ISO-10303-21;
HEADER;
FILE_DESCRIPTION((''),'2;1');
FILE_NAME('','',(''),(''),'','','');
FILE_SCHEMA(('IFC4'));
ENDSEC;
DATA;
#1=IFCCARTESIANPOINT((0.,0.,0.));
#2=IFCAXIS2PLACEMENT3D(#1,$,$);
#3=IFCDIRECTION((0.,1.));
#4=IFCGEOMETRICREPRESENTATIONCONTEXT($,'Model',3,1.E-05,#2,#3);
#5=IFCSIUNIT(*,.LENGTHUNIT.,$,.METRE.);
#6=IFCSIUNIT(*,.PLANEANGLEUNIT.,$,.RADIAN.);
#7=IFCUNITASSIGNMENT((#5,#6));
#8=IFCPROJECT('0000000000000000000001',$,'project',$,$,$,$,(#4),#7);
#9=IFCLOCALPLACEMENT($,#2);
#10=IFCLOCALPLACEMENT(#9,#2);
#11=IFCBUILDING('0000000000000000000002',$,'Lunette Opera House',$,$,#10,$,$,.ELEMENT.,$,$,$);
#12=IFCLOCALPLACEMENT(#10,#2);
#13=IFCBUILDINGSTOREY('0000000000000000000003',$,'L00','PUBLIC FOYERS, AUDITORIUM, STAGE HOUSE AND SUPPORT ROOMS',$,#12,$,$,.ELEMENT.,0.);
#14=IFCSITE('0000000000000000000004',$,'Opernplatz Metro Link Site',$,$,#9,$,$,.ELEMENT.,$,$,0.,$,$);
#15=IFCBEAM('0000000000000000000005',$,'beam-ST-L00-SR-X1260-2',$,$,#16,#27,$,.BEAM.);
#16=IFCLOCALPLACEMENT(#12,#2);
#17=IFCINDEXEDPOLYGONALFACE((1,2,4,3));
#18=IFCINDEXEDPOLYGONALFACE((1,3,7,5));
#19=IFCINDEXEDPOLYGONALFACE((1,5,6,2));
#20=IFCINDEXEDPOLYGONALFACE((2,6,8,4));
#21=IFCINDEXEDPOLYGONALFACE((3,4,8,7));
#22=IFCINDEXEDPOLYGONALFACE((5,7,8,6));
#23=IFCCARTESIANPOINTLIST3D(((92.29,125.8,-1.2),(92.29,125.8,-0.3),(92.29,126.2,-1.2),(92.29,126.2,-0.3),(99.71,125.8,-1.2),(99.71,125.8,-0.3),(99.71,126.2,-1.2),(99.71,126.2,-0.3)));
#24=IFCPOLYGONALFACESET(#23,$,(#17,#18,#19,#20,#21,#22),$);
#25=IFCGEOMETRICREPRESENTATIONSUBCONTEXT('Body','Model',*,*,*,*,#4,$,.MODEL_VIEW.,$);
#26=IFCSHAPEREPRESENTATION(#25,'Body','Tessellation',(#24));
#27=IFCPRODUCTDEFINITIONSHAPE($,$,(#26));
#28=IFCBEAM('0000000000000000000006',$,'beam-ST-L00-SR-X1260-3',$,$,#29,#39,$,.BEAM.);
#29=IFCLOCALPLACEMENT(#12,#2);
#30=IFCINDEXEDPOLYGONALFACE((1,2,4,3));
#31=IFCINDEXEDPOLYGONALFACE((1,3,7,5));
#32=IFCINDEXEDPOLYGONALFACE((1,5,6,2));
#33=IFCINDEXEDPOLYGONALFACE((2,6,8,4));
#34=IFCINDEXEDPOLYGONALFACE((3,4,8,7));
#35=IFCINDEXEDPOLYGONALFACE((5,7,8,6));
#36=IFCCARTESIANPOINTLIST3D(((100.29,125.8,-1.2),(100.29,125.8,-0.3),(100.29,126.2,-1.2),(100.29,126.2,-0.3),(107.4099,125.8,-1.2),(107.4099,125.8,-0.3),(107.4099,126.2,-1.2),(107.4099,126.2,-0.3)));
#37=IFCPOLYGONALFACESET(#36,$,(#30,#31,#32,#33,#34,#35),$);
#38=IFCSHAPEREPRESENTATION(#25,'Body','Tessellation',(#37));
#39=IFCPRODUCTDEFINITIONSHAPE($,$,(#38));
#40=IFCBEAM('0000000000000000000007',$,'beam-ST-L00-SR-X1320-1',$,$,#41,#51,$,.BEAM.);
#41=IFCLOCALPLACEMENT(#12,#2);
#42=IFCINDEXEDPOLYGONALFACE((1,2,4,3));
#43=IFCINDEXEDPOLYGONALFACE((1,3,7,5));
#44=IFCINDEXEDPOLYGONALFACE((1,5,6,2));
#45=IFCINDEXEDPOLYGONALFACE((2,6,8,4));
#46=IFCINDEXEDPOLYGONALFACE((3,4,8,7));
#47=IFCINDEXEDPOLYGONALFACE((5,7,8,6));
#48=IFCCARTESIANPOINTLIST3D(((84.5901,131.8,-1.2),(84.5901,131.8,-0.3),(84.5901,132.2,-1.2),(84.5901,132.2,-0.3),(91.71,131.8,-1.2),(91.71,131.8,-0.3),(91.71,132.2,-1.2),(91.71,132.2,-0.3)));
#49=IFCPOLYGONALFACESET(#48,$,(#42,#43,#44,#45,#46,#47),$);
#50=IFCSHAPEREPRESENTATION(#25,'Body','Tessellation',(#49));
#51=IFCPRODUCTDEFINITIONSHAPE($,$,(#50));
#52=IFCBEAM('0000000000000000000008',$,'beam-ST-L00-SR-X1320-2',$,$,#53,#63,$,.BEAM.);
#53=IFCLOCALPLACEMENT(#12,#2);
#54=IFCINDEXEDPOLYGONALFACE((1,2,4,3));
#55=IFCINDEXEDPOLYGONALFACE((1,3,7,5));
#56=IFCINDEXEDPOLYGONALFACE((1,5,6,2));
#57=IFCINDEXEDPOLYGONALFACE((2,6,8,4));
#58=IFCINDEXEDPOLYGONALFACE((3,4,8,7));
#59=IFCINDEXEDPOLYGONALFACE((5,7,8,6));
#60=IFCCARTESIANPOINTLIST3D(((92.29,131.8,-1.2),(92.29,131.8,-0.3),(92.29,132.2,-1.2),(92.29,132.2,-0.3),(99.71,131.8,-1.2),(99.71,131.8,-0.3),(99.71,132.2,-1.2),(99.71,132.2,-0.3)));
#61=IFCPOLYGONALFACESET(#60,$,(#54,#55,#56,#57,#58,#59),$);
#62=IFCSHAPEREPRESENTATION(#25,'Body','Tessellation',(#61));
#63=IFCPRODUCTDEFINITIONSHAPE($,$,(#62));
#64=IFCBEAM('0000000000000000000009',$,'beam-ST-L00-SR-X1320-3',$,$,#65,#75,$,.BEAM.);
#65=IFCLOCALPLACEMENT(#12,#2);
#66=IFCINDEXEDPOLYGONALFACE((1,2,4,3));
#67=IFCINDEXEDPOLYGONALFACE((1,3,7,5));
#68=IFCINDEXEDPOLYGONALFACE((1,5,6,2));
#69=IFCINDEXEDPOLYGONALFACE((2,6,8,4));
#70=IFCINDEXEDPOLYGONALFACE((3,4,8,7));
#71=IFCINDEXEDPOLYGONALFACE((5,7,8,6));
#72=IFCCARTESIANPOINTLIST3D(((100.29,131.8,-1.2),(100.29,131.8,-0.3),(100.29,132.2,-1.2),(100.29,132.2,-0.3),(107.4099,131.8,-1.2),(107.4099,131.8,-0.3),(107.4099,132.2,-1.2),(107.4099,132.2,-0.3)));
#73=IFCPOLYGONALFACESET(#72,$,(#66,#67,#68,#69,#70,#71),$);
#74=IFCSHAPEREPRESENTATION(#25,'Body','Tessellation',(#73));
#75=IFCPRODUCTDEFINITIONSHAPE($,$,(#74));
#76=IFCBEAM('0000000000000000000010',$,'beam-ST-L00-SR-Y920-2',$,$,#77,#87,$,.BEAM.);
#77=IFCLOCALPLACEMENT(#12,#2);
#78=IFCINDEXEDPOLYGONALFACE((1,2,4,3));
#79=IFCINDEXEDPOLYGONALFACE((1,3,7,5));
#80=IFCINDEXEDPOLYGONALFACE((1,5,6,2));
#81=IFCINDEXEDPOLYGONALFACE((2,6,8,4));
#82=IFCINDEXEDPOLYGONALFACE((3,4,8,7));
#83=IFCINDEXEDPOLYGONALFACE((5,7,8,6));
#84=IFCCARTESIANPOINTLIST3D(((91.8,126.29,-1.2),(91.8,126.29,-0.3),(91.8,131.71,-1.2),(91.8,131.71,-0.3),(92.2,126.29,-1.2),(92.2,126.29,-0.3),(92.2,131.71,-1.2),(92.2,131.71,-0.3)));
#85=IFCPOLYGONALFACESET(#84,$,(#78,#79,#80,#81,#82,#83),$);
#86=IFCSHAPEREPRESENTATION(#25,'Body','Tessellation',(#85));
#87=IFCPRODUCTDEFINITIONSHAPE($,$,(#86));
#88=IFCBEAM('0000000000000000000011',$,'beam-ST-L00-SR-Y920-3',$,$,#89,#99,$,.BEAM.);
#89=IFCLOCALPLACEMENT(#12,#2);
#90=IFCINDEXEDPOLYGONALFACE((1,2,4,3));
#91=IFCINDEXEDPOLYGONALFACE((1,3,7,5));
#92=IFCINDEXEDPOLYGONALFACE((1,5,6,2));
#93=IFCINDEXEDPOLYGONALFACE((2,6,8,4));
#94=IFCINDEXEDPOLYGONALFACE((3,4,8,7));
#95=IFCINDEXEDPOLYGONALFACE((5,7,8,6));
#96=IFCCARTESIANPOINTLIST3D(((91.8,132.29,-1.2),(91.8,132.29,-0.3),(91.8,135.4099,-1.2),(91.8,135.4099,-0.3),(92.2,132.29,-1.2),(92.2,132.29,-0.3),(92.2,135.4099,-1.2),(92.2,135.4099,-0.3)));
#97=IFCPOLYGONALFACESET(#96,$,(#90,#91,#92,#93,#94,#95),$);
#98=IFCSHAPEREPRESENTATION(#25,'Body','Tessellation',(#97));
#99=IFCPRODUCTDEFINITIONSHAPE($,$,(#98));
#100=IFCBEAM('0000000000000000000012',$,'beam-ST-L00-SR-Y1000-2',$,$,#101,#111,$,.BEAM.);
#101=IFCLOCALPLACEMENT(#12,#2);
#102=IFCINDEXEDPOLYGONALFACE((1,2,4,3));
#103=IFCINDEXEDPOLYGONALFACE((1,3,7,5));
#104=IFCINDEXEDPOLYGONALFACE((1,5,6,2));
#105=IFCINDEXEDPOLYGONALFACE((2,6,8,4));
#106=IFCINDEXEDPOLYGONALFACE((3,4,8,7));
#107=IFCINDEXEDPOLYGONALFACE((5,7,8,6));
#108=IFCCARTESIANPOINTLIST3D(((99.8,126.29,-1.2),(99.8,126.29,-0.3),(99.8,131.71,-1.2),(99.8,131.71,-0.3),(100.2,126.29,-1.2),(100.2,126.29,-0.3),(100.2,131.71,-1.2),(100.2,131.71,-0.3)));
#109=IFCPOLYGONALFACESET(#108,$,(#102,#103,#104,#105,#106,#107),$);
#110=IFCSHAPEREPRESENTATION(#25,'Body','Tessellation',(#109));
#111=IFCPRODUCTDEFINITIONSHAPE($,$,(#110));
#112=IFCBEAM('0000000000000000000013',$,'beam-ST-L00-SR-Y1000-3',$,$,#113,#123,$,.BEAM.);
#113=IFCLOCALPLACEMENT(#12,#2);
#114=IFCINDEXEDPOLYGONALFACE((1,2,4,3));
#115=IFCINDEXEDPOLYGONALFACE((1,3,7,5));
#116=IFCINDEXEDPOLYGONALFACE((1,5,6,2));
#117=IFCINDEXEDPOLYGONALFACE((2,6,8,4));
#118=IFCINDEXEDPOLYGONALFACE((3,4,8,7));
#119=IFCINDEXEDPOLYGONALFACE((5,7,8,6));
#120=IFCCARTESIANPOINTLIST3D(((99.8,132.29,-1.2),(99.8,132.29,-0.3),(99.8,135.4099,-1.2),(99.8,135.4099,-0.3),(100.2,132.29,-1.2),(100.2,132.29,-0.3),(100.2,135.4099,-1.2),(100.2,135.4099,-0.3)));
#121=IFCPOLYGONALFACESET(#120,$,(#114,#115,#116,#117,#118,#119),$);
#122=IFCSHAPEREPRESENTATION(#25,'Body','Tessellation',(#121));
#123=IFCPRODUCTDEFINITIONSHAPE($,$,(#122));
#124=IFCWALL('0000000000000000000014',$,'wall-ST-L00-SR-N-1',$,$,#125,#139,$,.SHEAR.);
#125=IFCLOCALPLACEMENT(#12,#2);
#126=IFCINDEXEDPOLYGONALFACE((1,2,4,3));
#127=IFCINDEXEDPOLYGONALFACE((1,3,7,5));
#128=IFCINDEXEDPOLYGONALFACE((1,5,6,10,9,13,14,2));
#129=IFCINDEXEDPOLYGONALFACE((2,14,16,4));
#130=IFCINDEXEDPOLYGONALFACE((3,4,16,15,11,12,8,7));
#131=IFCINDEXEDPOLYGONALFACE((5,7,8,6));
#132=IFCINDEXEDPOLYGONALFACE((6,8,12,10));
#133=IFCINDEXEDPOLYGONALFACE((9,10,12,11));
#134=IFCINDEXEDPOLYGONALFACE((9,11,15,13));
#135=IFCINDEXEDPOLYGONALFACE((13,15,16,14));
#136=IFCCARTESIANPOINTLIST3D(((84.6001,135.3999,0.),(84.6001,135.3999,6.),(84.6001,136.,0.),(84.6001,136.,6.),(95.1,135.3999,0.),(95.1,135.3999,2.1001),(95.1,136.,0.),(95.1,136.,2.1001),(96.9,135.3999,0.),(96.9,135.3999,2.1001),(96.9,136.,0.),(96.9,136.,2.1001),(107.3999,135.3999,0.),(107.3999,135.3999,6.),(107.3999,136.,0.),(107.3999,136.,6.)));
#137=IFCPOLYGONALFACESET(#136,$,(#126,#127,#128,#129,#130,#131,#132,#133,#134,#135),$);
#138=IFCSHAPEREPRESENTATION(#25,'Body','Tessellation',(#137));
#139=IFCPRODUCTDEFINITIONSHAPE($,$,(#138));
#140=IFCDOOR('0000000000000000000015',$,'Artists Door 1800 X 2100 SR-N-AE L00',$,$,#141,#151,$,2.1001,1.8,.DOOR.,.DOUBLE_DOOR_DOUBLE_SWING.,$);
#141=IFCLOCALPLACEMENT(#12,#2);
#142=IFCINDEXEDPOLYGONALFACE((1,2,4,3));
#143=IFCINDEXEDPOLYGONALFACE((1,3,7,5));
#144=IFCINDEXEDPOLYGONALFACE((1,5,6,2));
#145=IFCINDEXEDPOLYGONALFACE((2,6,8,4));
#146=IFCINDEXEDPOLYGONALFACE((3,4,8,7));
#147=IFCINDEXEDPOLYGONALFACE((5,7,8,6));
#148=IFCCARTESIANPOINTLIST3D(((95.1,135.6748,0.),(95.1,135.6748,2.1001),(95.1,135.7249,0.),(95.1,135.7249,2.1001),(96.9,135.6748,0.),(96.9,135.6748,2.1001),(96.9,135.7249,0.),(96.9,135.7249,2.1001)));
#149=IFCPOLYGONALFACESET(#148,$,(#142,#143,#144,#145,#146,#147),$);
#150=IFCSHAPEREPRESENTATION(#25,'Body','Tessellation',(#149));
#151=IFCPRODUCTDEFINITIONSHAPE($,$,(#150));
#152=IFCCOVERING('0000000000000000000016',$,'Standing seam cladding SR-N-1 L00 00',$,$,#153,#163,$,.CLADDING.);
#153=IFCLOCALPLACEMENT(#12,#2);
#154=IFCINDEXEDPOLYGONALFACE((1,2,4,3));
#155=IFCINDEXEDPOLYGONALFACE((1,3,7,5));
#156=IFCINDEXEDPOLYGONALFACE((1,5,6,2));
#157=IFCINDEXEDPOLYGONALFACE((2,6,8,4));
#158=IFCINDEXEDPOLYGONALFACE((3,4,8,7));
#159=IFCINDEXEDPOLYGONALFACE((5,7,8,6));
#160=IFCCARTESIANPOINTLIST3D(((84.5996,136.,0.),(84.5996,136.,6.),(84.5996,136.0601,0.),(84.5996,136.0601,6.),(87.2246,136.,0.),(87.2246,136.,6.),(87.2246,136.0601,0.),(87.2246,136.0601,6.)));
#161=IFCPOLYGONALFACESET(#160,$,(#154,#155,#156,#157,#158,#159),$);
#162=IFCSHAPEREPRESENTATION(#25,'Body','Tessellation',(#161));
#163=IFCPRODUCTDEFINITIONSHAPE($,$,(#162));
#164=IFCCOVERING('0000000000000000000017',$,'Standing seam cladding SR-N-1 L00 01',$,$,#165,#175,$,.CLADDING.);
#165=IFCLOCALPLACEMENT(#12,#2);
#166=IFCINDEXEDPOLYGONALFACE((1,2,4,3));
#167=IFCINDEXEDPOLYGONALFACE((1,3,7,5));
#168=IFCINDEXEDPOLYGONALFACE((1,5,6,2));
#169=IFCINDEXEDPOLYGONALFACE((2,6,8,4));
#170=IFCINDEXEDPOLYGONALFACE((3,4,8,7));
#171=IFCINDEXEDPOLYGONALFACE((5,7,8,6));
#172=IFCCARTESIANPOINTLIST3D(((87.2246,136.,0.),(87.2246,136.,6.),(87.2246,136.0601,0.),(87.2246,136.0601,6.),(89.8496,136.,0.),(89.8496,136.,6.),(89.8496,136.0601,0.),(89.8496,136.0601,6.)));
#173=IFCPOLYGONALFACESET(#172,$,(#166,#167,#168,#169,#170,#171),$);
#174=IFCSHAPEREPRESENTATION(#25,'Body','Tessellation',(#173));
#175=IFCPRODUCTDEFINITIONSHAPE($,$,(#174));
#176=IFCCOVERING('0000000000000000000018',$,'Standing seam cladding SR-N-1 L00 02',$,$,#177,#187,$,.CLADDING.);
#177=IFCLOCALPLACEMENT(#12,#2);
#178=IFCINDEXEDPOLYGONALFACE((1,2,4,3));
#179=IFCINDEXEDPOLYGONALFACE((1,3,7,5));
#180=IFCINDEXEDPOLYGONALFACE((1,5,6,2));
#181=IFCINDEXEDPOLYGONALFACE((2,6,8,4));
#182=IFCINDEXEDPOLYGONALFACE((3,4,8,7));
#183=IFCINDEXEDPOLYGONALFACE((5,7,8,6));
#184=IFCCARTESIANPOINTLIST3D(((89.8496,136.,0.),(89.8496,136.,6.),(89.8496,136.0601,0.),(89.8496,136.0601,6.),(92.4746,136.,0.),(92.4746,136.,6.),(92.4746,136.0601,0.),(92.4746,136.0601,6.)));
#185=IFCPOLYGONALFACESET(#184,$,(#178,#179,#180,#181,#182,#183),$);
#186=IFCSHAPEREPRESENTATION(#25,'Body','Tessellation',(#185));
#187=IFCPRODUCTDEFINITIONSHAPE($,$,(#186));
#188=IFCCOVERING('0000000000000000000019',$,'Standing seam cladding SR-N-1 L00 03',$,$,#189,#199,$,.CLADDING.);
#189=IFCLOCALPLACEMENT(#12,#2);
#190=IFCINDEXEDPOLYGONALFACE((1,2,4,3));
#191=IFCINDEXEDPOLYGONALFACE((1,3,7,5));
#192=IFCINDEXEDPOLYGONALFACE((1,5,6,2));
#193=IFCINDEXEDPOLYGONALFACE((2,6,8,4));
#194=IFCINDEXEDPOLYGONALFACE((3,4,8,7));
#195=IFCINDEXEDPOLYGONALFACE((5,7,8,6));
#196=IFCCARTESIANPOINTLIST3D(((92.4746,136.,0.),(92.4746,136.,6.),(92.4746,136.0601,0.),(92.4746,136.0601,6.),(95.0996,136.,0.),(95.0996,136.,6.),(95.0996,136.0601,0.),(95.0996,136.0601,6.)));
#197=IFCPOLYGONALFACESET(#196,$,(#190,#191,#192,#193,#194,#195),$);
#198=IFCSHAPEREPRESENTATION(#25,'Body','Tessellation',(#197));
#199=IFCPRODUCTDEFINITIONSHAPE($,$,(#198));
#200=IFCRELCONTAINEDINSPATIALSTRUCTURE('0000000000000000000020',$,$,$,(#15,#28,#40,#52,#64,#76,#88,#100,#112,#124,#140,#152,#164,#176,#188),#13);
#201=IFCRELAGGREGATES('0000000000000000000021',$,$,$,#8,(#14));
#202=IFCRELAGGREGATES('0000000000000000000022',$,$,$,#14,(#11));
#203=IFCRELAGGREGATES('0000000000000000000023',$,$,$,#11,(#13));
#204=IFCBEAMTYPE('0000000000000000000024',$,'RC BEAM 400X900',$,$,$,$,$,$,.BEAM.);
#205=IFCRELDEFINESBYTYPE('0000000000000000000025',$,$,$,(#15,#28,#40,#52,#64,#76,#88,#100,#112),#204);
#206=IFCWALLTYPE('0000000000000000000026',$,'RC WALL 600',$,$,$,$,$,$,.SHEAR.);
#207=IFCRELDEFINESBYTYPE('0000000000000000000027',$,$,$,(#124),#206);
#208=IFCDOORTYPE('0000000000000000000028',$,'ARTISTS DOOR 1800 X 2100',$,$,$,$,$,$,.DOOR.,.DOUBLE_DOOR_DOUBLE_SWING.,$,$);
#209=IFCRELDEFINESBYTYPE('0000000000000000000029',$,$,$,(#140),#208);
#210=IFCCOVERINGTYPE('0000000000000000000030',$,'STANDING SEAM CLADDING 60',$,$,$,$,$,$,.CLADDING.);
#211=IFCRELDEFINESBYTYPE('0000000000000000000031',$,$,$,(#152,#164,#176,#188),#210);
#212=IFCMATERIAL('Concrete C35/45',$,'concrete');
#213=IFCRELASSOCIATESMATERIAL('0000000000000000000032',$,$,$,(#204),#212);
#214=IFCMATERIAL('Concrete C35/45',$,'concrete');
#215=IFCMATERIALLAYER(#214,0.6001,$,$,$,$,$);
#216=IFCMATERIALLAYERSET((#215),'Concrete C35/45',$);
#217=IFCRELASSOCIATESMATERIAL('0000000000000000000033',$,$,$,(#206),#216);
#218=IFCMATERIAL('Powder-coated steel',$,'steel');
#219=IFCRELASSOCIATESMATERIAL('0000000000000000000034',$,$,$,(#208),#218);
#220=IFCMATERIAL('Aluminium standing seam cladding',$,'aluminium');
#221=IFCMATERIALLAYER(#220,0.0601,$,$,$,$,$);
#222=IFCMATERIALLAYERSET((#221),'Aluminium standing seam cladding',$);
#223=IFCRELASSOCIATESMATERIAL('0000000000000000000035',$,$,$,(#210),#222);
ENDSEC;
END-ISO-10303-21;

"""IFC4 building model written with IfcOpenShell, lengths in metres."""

from ifc_helpers import new_model, si_unit, direction, frame, frame_2d, origin, origin_2d, place, context, subcontext, project, spatial, rectangle, extrude, material, layer, layer_set, material_profile, profile_set, type_object, element, fill, save


model = new_model("IFC4")

# Units and contexts
model_context = context("Model", 3, precision=1e-05, world=origin(), true_north=direction((0.0, 1.0)))
body_context = subcontext(model_context, "Body", "Model", "MODEL_VIEW")
ifc_project = project(units=[si_unit("LENGTHUNIT", "METRE"), si_unit("PLANEANGLEUNIT", "RADIAN")], contexts=[model_context])

# Site, building, storey
site_placement = place(None, origin())
site = spatial("IfcSite", under=ifc_project, at=site_placement, Name="Opernplatz Metro Link Site", CompositionType="ELEMENT", RefElevation=0.0)
building_placement = place(site_placement, origin())
building = spatial("IfcBuilding", under=site, at=building_placement, Name="Lunette Opera House", CompositionType="ELEMENT")
storey_placement = place(building_placement, origin())
storey = spatial("IfcBuildingStorey", under=building, at=storey_placement, Name="L00", Description="PUBLIC FOYERS, AUDITORIUM, STAGE HOUSE AND SUPPORT ROOMS", CompositionType="ELEMENT", Elevation=0.0)

# Beams
ifc_material_1 = material(Name="Concrete C35/45", Category="concrete")
ifc_material_profile = material_profile(ifc_material_1, rectangle(XDim=0.3999, YDim=0.8999, at=origin_2d()), Name="RC BEAM 400X900")
ifc_profile_set = profile_set([ifc_material_profile], Name="Concrete C35/45")
beam_type = type_object("IfcBeamType", Name="RC BEAM 400X900", PredefinedType="BEAM", material=ifc_profile_set)
beam_1_placement = place(storey_placement, frame((92.29, 126.0, -0.75), z_axis=(1.0, 0.0, 0.0), x_axis=(0.0, 1.0, 0.0)))
element("IfcBeam", 1, at=beam_1_placement, inside=storey, type_object=beam_type, Name="beam-ST-L00-SR-X1260-2", PredefinedType="BEAM", context=body_context, shape_type="SweptSolid", body=[
    extrude(rectangle(XDim=0.3999, YDim=0.8999, at=origin_2d()), origin(), (0.0, 0.0, 1.0), 7.4199),
])
for number, where, z_axis, x_axis, name in (
    (2, (100.29, 126.0, -0.75), (1.0, 0.0, 0.0), (0.0, 1.0, 0.0), "beam-ST-L00-SR-X1260-3"),
    (3, (84.5901, 132.0, -0.75), (1.0, 0.0, 0.0), (0.0, 1.0, 0.0), "beam-ST-L00-SR-X1320-1"),
):
    element("IfcBeam", number, at=place(storey_placement, frame(where, z_axis=z_axis, x_axis=x_axis)), inside=storey, type_object=beam_type, Name=name, PredefinedType="BEAM", context=body_context, shape_type="SweptSolid", body=[
        extrude(rectangle(XDim=0.3999, YDim=0.8999, at=origin_2d()), origin(), (0.0, 0.0, 1.0), 7.1199),
    ])
beam_2_placement = place(storey_placement, frame((92.29, 132.0, -0.75), z_axis=(1.0, 0.0, 0.0), x_axis=(0.0, 1.0, 0.0)))
element("IfcBeam", 4, at=beam_2_placement, inside=storey, type_object=beam_type, Name="beam-ST-L00-SR-X1320-2", PredefinedType="BEAM", context=body_context, shape_type="SweptSolid", body=[
    extrude(rectangle(XDim=0.3999, YDim=0.8999, at=origin_2d()), origin(), (0.0, 0.0, 1.0), 7.4199),
])
beam_3_placement = place(storey_placement, frame((100.29, 132.0, -0.75), z_axis=(1.0, 0.0, 0.0), x_axis=(0.0, 1.0, 0.0)))
element("IfcBeam", 5, at=beam_3_placement, inside=storey, type_object=beam_type, Name="beam-ST-L00-SR-X1320-3", PredefinedType="BEAM", context=body_context, shape_type="SweptSolid", body=[
    extrude(rectangle(XDim=0.3999, YDim=0.8999, at=origin_2d()), origin(), (0.0, 0.0, 1.0), 7.1199),
])
beam_4_placement = place(storey_placement, frame((92.0, 126.29, -0.75), z_axis=(0.0, 1.0, 0.0), x_axis=(-1.0, 0.0, 0.0)))
element("IfcBeam", 6, at=beam_4_placement, inside=storey, type_object=beam_type, Name="beam-ST-L00-SR-Y920-2", PredefinedType="BEAM", context=body_context, shape_type="SweptSolid", body=[
    extrude(rectangle(XDim=0.3999, YDim=0.8999, at=origin_2d()), origin(), (0.0, 0.0, 1.0), 5.4199),
])
beam_5_placement = place(storey_placement, frame((92.0, 132.29, -0.75), z_axis=(0.0, 1.0, 0.0), x_axis=(-1.0, 0.0, 0.0)))
element("IfcBeam", 7, at=beam_5_placement, inside=storey, type_object=beam_type, Name="beam-ST-L00-SR-Y920-3", PredefinedType="BEAM", context=body_context, shape_type="SweptSolid", body=[
    extrude(rectangle(XDim=0.3999, YDim=0.8999, at=origin_2d()), origin(), (0.0, 0.0, 1.0), 3.1199),
])
beam_6_placement = place(storey_placement, frame((100.0, 126.29, -0.75), z_axis=(0.0, 1.0, 0.0), x_axis=(-1.0, 0.0, 0.0)))
element("IfcBeam", 8, at=beam_6_placement, inside=storey, type_object=beam_type, Name="beam-ST-L00-SR-Y1000-2", PredefinedType="BEAM", context=body_context, shape_type="SweptSolid", body=[
    extrude(rectangle(XDim=0.3999, YDim=0.8999, at=origin_2d()), origin(), (0.0, 0.0, 1.0), 5.4199),
])
beam_7_placement = place(storey_placement, frame((100.0, 132.29, -0.75), z_axis=(0.0, 1.0, 0.0), x_axis=(-1.0, 0.0, 0.0)))
element("IfcBeam", 9, at=beam_7_placement, inside=storey, type_object=beam_type, Name="beam-ST-L00-SR-Y1000-3", PredefinedType="BEAM", context=body_context, shape_type="SweptSolid", body=[
    extrude(rectangle(XDim=0.3999, YDim=0.8999, at=origin_2d()), origin(), (0.0, 0.0, 1.0), 3.1199),
])

# Wall, opening, door
ifc_material_2 = material(Name="Concrete C35/45", Category="concrete")
ifc_layer_1 = layer(ifc_material_2, 0.6001)
ifc_layer_set_1 = layer_set([ifc_layer_1], Name="Concrete C35/45")
wall_type = type_object("IfcWallType", Name="RC WALL 600", PredefinedType="SHEAR", material=ifc_layer_set_1)
wall_placement = place(storey_placement, frame((84.6001, 135.7, 0.0), z_axis=(0.0, 0.0, 1.0), x_axis=(1.0, 0.0, 0.0)))
wall = element("IfcWall", 10, at=wall_placement, inside=storey, type_object=wall_type, Name="wall-ST-L00-SR-N-1", PredefinedType="SHEAR", context=body_context, shape_type="SweptSolid", body=[
    extrude(rectangle(XDim=22.7998, YDim=0.6001, at=frame_2d((11.3999, 0.0))), origin(), (0.0, 0.0, 1.0), 6.0),
])
opening_placement = place(wall_placement, frame((10.5, 0.0, 0.0)))
opening = element("IfcOpeningElement", 11, at=opening_placement, cuts=wall, PredefinedType="OPENING", context=body_context, shape_type="SweptSolid", body=[
    extrude(rectangle(XDim=1.8, YDim=2.1001, at=frame_2d((0.8999, 1.05))), frame((0.0, 0.312, 0.0), z_axis=(0.0, -1.0, 0.0), x_axis=(1.0, 0.0, 0.0)), (0.0, 0.0, 1.0), 0.624),
])
ifc_material_3 = material(Name="Powder-coated steel", Category="steel")
door_type = type_object("IfcDoorType", Name="ARTISTS DOOR 1800 X 2100", OperationType="DOUBLE_DOOR_DOUBLE_SWING", PredefinedType="DOOR", material=ifc_material_3)
door_placement = place(opening_placement, origin())
door = element("IfcDoor", 12, at=door_placement, inside=storey, type_object=door_type, Name="Artists Door 1800 X 2100 SR-N-AE L00", OperationType="DOUBLE_DOOR_DOUBLE_SWING", OverallHeight=2.1001, OverallWidth=1.8, PredefinedType="DOOR", context=body_context, shape_type="SweptSolid", body=[
    extrude(rectangle(XDim=1.8, YDim=2.1001, at=frame_2d((0.8999, 1.05))), frame((0.0, 0.0249, 0.0), z_axis=(0.0, -1.0, 0.0), x_axis=(1.0, 0.0, 0.0)), (0.0, 0.0, 1.0), 0.05),
])
fill(opening, door)

# Coverings
ifc_material_4 = material(Name="Aluminium standing seam cladding", Category="aluminium")
ifc_layer_2 = layer(ifc_material_4, 0.0601)
ifc_layer_set_2 = layer_set([ifc_layer_2], Name="Aluminium standing seam cladding")
covering_type = type_object("IfcCoveringType", Name="STANDING SEAM CLADDING 60", PredefinedType="CLADDING", material=ifc_layer_set_2)
for number, where, z_axis, x_axis, name in (
    (13, (85.9121, 136.03, 0.0), (0.0, 0.0, 1.0), (1.0, 0.0, 0.0), "Standing seam cladding SR-N-1 L00 00"),
    (14, (88.5371, 136.03, 0.0), (0.0, 0.0, 1.0), (1.0, 0.0, 0.0), "Standing seam cladding SR-N-1 L00 01"),
    (15, (91.1621, 136.03, 0.0), (0.0, 0.0, 1.0), (1.0, 0.0, 0.0), "Standing seam cladding SR-N-1 L00 02"),
    (16, (93.7871, 136.03, 0.0), (0.0, 0.0, 1.0), (1.0, 0.0, 0.0), "Standing seam cladding SR-N-1 L00 03"),
):
    element("IfcCovering", number, at=place(storey_placement, frame(where, z_axis=z_axis, x_axis=x_axis)), inside=storey, type_object=covering_type, Name=name, PredefinedType="CLADDING", context=body_context, shape_type="SweptSolid", body=[
        extrude(rectangle(XDim=2.625, YDim=0.0601, at=origin_2d()), origin(), (0.0, 0.0, 1.0), 6.0),
    ])

save(model, "model.ifc")
